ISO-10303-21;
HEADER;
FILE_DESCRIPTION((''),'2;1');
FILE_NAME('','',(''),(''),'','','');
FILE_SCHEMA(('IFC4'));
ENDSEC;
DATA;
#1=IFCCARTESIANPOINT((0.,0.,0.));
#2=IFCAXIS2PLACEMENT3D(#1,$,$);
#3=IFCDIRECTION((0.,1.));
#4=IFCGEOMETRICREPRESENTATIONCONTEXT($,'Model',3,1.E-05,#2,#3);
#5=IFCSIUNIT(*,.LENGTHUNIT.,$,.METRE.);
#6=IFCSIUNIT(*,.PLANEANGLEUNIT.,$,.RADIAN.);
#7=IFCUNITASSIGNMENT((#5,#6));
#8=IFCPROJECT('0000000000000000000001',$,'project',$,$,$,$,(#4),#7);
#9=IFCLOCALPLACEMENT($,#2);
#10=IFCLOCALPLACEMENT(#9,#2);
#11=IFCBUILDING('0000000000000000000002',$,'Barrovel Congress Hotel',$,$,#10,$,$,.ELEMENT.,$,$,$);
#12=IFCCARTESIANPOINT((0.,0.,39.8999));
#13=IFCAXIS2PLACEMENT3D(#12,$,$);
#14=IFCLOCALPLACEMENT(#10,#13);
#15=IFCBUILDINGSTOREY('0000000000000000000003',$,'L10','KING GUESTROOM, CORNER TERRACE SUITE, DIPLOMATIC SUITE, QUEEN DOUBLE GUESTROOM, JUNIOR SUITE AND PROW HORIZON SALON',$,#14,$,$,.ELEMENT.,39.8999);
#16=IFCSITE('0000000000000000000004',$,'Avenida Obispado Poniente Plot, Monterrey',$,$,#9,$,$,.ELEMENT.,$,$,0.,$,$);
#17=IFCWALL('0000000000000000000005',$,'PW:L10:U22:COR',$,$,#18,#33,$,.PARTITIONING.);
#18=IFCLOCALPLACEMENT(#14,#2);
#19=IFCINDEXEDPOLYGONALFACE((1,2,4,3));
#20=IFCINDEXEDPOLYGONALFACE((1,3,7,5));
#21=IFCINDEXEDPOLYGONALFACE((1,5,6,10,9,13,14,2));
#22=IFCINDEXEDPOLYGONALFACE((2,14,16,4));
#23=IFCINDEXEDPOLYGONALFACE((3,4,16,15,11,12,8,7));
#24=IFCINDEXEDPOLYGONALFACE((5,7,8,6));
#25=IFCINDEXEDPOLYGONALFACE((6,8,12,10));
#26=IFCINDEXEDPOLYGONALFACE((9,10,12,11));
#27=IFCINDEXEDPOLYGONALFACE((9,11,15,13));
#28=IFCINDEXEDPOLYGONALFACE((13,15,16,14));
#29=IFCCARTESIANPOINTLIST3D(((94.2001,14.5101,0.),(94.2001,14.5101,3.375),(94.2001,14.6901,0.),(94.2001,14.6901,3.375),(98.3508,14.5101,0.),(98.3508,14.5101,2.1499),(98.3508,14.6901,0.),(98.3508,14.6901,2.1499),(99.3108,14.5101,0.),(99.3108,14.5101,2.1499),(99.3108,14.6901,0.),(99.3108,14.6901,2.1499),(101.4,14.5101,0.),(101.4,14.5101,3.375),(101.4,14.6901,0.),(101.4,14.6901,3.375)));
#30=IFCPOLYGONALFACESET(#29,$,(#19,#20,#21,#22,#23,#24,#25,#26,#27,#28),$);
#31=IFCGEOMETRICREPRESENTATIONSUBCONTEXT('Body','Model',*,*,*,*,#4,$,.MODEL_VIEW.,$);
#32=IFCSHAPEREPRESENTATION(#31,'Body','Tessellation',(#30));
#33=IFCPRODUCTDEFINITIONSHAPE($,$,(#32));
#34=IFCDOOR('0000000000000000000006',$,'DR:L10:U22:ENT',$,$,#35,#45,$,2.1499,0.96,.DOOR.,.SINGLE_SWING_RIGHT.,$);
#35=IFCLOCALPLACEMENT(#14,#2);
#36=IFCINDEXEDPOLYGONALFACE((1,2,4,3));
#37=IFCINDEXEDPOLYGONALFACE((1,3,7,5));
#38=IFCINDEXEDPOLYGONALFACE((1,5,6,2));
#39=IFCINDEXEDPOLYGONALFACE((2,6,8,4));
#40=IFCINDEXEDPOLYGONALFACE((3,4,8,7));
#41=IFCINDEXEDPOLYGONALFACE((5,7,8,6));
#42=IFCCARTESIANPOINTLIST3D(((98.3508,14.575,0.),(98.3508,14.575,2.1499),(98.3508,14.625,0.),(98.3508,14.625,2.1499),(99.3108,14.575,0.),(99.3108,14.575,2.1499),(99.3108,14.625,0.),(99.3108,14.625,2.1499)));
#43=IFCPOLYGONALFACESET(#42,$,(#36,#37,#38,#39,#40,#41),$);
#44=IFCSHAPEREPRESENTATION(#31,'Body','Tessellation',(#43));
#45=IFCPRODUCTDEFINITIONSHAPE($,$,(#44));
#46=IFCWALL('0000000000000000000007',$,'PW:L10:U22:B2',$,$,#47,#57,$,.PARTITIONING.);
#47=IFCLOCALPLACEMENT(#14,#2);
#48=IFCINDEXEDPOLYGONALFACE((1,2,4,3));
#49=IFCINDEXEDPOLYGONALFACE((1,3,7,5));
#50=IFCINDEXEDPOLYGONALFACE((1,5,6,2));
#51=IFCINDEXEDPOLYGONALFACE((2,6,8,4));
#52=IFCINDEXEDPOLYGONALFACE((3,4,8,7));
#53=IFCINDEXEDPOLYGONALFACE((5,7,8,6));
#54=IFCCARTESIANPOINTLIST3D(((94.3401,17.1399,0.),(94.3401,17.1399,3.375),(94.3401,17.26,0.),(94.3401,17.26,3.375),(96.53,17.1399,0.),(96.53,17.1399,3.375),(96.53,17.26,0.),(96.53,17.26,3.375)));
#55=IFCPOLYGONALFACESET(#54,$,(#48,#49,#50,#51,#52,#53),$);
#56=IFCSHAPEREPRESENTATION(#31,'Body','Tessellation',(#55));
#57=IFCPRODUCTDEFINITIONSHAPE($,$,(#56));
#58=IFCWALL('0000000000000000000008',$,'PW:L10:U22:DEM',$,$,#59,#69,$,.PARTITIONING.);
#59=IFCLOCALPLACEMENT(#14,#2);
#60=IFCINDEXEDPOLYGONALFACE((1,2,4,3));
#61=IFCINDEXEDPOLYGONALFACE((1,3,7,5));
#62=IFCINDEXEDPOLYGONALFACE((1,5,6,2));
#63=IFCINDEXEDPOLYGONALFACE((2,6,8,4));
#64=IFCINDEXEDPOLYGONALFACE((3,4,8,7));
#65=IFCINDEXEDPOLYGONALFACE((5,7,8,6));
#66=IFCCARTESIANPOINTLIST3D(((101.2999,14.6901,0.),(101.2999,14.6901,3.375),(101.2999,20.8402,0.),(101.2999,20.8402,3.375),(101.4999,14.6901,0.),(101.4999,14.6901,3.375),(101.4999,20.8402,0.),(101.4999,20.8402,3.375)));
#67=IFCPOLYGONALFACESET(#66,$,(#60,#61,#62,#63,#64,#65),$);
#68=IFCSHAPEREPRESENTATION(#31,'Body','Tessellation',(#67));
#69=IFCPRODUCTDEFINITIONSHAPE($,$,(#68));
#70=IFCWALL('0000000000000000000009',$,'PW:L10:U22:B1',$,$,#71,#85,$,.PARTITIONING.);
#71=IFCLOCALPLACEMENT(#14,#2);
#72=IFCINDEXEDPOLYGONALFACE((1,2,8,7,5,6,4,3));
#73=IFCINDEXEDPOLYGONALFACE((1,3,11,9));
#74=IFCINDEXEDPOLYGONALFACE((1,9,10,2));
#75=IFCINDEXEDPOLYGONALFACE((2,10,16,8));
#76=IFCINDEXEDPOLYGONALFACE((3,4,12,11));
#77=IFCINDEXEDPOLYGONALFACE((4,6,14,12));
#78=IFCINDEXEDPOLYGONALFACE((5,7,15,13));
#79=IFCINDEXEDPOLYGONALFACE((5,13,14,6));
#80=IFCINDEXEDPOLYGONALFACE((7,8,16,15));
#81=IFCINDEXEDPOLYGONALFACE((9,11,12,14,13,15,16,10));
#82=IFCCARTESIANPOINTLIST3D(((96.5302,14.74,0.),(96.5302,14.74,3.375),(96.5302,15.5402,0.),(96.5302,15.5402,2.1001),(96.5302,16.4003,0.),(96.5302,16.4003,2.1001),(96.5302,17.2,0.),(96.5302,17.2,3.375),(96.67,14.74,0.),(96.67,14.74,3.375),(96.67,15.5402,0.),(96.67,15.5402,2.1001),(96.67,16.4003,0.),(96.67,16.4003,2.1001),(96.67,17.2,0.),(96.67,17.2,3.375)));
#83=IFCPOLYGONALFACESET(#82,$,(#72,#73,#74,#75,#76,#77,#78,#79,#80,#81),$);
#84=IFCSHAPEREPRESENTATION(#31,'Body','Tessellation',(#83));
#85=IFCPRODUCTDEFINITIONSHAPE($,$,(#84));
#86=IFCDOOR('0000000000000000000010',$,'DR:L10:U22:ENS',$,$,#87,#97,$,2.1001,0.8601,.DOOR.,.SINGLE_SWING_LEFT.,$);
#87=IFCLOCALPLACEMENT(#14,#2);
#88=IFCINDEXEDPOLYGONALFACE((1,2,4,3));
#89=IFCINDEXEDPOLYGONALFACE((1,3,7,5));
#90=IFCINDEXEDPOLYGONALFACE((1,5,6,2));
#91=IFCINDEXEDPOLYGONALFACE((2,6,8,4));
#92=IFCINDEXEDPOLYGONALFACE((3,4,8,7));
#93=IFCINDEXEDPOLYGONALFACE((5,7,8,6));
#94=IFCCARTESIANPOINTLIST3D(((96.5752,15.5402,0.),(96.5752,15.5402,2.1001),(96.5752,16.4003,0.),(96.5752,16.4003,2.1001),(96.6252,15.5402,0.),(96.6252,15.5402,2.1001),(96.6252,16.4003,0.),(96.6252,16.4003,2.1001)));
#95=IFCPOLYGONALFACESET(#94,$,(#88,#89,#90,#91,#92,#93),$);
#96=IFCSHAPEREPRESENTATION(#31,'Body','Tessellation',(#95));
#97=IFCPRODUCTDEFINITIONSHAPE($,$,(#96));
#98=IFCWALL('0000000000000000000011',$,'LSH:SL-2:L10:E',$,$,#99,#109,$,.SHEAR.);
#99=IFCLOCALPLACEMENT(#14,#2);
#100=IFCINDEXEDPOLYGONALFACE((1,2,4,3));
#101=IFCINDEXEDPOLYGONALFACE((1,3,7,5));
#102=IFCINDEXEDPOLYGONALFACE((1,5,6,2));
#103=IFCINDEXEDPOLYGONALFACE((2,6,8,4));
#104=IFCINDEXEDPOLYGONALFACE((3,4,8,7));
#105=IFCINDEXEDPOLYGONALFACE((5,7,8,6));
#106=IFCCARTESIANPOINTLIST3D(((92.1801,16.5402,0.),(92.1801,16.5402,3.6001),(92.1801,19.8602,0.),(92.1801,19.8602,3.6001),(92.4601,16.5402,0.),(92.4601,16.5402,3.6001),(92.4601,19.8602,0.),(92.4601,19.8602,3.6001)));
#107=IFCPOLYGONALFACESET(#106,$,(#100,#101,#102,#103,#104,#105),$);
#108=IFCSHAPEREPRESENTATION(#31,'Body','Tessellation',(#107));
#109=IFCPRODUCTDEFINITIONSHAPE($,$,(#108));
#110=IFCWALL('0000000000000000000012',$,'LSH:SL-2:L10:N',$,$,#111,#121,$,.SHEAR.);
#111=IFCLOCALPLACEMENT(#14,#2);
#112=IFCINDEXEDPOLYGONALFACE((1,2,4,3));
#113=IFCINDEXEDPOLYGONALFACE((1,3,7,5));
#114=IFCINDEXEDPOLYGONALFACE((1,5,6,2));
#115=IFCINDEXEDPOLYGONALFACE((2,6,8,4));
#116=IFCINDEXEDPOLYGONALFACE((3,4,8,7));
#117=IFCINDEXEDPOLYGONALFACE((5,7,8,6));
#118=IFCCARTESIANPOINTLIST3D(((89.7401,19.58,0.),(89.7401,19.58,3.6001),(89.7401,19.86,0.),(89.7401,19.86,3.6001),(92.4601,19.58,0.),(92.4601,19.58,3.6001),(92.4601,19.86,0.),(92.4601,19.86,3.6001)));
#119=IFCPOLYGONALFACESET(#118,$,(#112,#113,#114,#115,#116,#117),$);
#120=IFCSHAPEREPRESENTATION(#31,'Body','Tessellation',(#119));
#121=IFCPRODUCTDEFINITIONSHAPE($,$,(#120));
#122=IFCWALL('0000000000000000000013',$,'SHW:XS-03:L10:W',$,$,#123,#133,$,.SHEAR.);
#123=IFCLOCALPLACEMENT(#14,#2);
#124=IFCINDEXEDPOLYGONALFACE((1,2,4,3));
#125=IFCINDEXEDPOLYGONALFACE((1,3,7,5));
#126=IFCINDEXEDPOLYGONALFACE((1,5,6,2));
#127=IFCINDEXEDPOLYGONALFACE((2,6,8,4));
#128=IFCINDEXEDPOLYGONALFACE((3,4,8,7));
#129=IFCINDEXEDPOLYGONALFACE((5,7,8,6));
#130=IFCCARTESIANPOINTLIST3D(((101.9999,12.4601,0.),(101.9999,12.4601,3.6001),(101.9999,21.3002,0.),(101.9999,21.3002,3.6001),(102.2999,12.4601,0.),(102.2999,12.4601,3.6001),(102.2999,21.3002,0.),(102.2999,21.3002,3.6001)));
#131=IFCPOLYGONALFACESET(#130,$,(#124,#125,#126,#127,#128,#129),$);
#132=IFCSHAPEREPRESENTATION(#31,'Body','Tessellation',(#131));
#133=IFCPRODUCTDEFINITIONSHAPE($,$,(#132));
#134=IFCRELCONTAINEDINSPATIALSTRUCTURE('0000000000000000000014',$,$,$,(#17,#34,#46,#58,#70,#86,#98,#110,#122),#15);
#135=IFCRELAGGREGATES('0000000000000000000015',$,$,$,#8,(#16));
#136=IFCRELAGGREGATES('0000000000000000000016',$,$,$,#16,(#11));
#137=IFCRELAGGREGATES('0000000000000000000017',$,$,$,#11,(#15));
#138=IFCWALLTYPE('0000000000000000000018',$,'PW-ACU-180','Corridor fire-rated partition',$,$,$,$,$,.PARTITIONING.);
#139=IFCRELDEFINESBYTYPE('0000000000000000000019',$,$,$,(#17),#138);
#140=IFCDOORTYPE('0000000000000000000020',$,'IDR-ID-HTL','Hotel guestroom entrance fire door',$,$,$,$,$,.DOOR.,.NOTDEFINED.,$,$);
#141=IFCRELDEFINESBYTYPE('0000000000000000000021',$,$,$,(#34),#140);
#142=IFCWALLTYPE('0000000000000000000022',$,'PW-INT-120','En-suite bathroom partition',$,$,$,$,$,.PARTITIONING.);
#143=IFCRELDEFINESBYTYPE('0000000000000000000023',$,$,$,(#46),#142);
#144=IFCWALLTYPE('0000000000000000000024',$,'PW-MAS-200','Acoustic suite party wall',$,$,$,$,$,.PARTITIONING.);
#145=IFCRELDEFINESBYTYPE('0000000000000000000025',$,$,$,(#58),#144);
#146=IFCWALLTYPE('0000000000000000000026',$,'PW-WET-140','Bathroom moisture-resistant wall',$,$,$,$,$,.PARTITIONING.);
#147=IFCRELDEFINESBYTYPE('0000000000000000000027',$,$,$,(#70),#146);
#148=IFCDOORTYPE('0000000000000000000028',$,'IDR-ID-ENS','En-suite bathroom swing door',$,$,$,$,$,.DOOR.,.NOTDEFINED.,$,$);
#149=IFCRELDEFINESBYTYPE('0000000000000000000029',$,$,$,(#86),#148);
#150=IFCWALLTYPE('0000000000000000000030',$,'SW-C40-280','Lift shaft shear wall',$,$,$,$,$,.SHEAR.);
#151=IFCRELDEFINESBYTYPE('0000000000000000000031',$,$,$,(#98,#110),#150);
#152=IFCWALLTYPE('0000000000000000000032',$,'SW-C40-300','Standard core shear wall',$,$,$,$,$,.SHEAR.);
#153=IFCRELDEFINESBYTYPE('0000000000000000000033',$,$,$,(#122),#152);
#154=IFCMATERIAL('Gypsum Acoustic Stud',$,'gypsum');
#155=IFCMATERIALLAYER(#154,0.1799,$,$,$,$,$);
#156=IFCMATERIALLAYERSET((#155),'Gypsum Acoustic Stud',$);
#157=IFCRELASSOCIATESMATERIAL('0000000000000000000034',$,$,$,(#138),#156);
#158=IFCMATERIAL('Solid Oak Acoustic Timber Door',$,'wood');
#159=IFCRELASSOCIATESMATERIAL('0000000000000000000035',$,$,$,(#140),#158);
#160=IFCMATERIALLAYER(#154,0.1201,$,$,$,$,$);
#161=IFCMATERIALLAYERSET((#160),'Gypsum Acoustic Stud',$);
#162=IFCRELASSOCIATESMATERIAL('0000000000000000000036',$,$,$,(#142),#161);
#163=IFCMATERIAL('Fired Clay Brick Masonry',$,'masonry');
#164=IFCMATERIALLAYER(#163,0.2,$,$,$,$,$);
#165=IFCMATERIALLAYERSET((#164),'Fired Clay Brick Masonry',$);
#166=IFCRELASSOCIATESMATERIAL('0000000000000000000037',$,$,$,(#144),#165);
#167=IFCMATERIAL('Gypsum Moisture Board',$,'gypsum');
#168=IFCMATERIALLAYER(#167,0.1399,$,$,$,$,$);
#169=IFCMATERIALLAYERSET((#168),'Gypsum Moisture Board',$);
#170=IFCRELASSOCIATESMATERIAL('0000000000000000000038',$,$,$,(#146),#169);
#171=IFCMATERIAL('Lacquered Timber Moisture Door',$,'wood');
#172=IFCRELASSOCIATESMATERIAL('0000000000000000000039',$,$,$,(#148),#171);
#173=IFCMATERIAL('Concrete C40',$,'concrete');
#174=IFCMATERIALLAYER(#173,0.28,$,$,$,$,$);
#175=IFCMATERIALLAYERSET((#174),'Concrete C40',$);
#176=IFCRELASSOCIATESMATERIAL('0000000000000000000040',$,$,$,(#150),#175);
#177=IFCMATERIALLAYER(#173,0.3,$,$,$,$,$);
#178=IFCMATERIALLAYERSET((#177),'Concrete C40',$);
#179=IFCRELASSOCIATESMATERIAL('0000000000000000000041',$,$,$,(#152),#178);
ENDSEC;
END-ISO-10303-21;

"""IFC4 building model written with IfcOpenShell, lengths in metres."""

from ifc_helpers import new_model, si_unit, direction, frame, frame_2d, origin, place, context, subcontext, project, spatial, rectangle, extrude, material, layer, layer_set, type_object, element, fill, save


model = new_model("IFC4")

# Units and contexts
model_context = context("Model", 3, precision=1e-05, world=origin(), true_north=direction((0.0, 1.0)))
body_context = subcontext(model_context, "Body", "Model", "MODEL_VIEW")
ifc_project = project(units=[si_unit("LENGTHUNIT", "METRE"), si_unit("PLANEANGLEUNIT", "RADIAN")], contexts=[model_context])

# Site, building, storey
site_placement = place(None, origin())
site = spatial("IfcSite", under=ifc_project, at=site_placement, Name="Avenida Obispado Poniente Plot, Monterrey", CompositionType="ELEMENT", RefElevation=0.0)
building_placement = place(site_placement, origin())
building = spatial("IfcBuilding", under=site, at=building_placement, Name="Barrovel Congress Hotel", CompositionType="ELEMENT")
storey_placement = place(building_placement, frame((0.0, 0.0, 39.8999)))
storey = spatial("IfcBuildingStorey", under=building, at=storey_placement, Name="L10", Description="KING GUESTROOM, CORNER TERRACE SUITE, DIPLOMATIC SUITE, QUEEN DOUBLE GUESTROOM, JUNIOR SUITE AND PROW HORIZON SALON", CompositionType="ELEMENT", Elevation=39.8999)

# Shared definitions
ifc_material_1 = material(Name="Concrete C40", Category="concrete")

# Shared definitions
ifc_material_2 = material(Name="Fired Clay Brick Masonry", Category="masonry")

# Wall, opening, door
ifc_material_3 = material(Name="Gypsum Acoustic Stud", Category="gypsum")
ifc_layer_1 = layer(ifc_material_3, 0.1799)
ifc_layer_set_1 = layer_set([ifc_layer_1], Name="Gypsum Acoustic Stud")
wall_type_1 = type_object("IfcWallType", Name="PW-ACU-180", Description="Corridor fire-rated partition", PredefinedType="PARTITIONING", material=ifc_layer_set_1)
wall_1_placement = place(storey_placement, frame((94.2, 14.6001, 0.0), z_axis=(0.0, 0.0, 1.0), x_axis=(1.0, 0.0, 0.0)))
wall_1 = element("IfcWall", 1, at=wall_1_placement, inside=storey, type_object=wall_type_1, Name="PW:L10:U22:COR", PredefinedType="PARTITIONING", context=body_context, shape_type="SweptSolid", body=[
    extrude(rectangle(XDim=7.2, YDim=0.1799, at=frame_2d((3.6001, 0.0))), origin(), (0.0, 0.0, 1.0), 3.375),
])
opening_1_placement = place(wall_1_placement, frame((4.1509, 0.0, 0.0)))
opening_1 = element("IfcOpeningElement", 2, at=opening_1_placement, cuts=wall_1, PredefinedType="OPENING", context=body_context, shape_type="SweptSolid", body=[
    extrude(rectangle(XDim=0.96, YDim=2.1499, at=frame_2d((0.48, 1.075))), frame((0.0, 0.1001, 0.0), z_axis=(0.0, -1.0, 0.0), x_axis=(1.0, 0.0, 0.0)), (0.0, 0.0, 1.0), 0.2),
])
ifc_material_4 = material(Name="Solid Oak Acoustic Timber Door", Category="wood")
door_type_1 = type_object("IfcDoorType", Name="IDR-ID-HTL", Description="Hotel guestroom entrance fire door", OperationType="NOTDEFINED", PredefinedType="DOOR", material=ifc_material_4)
door_1_placement = place(opening_1_placement, origin())
door_1 = element("IfcDoor", 3, at=door_1_placement, inside=storey, type_object=door_type_1, Name="DR:L10:U22:ENT", OperationType="SINGLE_SWING_RIGHT", OverallHeight=2.1499, OverallWidth=0.96, PredefinedType="DOOR", context=body_context, shape_type="SweptSolid", body=[
    extrude(rectangle(XDim=0.96, YDim=2.1499, at=frame_2d((0.48, 1.075))), frame((0.0, 0.0249, 0.0), z_axis=(0.0, -1.0, 0.0), x_axis=(1.0, 0.0, 0.0)), (0.0, 0.0, 1.0), 0.05),
])
fill(opening_1, door_1)

# Walls
ifc_layer_2 = layer(ifc_material_3, 0.1201)
ifc_layer_set_2 = layer_set([ifc_layer_2], Name="Gypsum Acoustic Stud")
wall_type_2 = type_object("IfcWallType", Name="PW-INT-120", Description="En-suite bathroom partition", PredefinedType="PARTITIONING", material=ifc_layer_set_2)
wall_2_placement = place(storey_placement, frame((94.3401, 17.2, 0.0), z_axis=(0.0, 0.0, 1.0), x_axis=(1.0, 0.0, 0.0)))
element("IfcWall", 4, at=wall_2_placement, inside=storey, type_object=wall_type_2, Name="PW:L10:U22:B2", PredefinedType="PARTITIONING", context=body_context, shape_type="SweptSolid", body=[
    extrude(rectangle(XDim=2.1899, YDim=0.1201, at=frame_2d((1.095, 0.0))), origin(), (0.0, 0.0, 1.0), 3.375),
])
ifc_layer_3 = layer(ifc_material_2, 0.2)
ifc_layer_set_3 = layer_set([ifc_layer_3], Name="Fired Clay Brick Masonry")
wall_type_3 = type_object("IfcWallType", Name="PW-MAS-200", Description="Acoustic suite party wall", PredefinedType="PARTITIONING", material=ifc_layer_set_3)
wall_3_placement = place(storey_placement, frame((101.3999, 14.6899, 0.0), z_axis=(0.0, 0.0, 1.0), x_axis=(0.0, 1.0, 0.0)))
element("IfcWall", 5, at=wall_3_placement, inside=storey, type_object=wall_type_3, Name="PW:L10:U22:DEM", PredefinedType="PARTITIONING", context=body_context, shape_type="SweptSolid", body=[
    extrude(rectangle(XDim=6.1501, YDim=0.2, at=frame_2d((3.0752, 0.0))), origin(), (0.0, 0.0, 1.0), 3.375),
])

# Wall, opening, door
ifc_material_5 = material(Name="Gypsum Moisture Board", Category="gypsum")
ifc_layer_4 = layer(ifc_material_5, 0.1399)
ifc_layer_set_4 = layer_set([ifc_layer_4], Name="Gypsum Moisture Board")
wall_type_4 = type_object("IfcWallType", Name="PW-WET-140", Description="Bathroom moisture-resistant wall", PredefinedType="PARTITIONING", material=ifc_layer_set_4)
wall_4_placement = place(storey_placement, frame((96.6001, 14.74, 0.0), z_axis=(0.0, 0.0, 1.0), x_axis=(0.0, 1.0, 0.0)))
wall_4 = element("IfcWall", 6, at=wall_4_placement, inside=storey, type_object=wall_type_4, Name="PW:L10:U22:B1", PredefinedType="PARTITIONING", context=body_context, shape_type="SweptSolid", body=[
    extrude(rectangle(XDim=2.46, YDim=0.1399, at=frame_2d((1.23, 0.0))), origin(), (0.0, 0.0, 1.0), 3.375),
])
opening_2_placement = place(wall_4_placement, frame((0.8, 0.0, 0.0)))
opening_2 = element("IfcOpeningElement", 7, at=opening_2_placement, cuts=wall_4, PredefinedType="OPENING", context=body_context, shape_type="SweptSolid", body=[
    extrude(rectangle(XDim=0.8601, YDim=2.1001, at=frame_2d((0.4302, 1.05))), frame((0.0, 0.0801, 0.0), z_axis=(0.0, -1.0, 0.0), x_axis=(1.0, 0.0, 0.0)), (0.0, 0.0, 1.0), 0.1599),
])
ifc_material_6 = material(Name="Lacquered Timber Moisture Door", Category="wood")
door_type_2 = type_object("IfcDoorType", Name="IDR-ID-ENS", Description="En-suite bathroom swing door", OperationType="NOTDEFINED", PredefinedType="DOOR", material=ifc_material_6)
door_2_placement = place(opening_2_placement, origin())
door_2 = element("IfcDoor", 8, at=door_2_placement, inside=storey, type_object=door_type_2, Name="DR:L10:U22:ENS", OperationType="SINGLE_SWING_LEFT", OverallHeight=2.1001, OverallWidth=0.8601, PredefinedType="DOOR", context=body_context, shape_type="SweptSolid", body=[
    extrude(rectangle(XDim=0.8601, YDim=2.1001, at=frame_2d((0.4302, 1.05))), frame((0.0, 0.0249, 0.0), z_axis=(0.0, -1.0, 0.0), x_axis=(1.0, 0.0, 0.0)), (0.0, 0.0, 1.0), 0.05),
])
fill(opening_2, door_2)

# Walls
ifc_layer_5 = layer(ifc_material_1, 0.28)
ifc_layer_set_5 = layer_set([ifc_layer_5], Name="Concrete C40")
wall_type_5 = type_object("IfcWallType", Name="SW-C40-280", Description="Lift shaft shear wall", PredefinedType="SHEAR", material=ifc_layer_set_5)
wall_5_placement = place(storey_placement, frame((92.3201, 16.54, 0.0), z_axis=(0.0, 0.0, 1.0), x_axis=(0.0, 1.0, 0.0)))
element("IfcWall", 9, at=wall_5_placement, inside=storey, type_object=wall_type_5, Name="LSH:SL-2:L10:E", PredefinedType="SHEAR", context=body_context, shape_type="SweptSolid", body=[
    extrude(rectangle(XDim=3.3201, YDim=0.28, at=frame_2d((1.6602, 0.0))), origin(), (0.0, 0.0, 1.0), 3.6001),
])
wall_6_placement = place(storey_placement, frame((92.46, 19.72, 0.0), z_axis=(0.0, 0.0, 1.0), x_axis=(-1.0, 0.0, 0.0)))
element("IfcWall", 10, at=wall_6_placement, inside=storey, type_object=wall_type_5, Name="LSH:SL-2:L10:N", PredefinedType="SHEAR", context=body_context, shape_type="SweptSolid", body=[
    extrude(rectangle(XDim=2.72, YDim=0.28, at=frame_2d((1.3599, 0.0))), origin(), (0.0, 0.0, 1.0), 3.6001),
])
ifc_layer_6 = layer(ifc_material_1, 0.3)
ifc_layer_set_6 = layer_set([ifc_layer_6], Name="Concrete C40")
wall_type_6 = type_object("IfcWallType", Name="SW-C40-300", Description="Standard core shear wall", PredefinedType="SHEAR", material=ifc_layer_set_6)
wall_7_placement = place(storey_placement, frame((102.1499, 21.3, 0.0), z_axis=(0.0, 0.0, 1.0), x_axis=(0.0, -1.0, 0.0)))
element("IfcWall", 11, at=wall_7_placement, inside=storey, type_object=wall_type_6, Name="SHW:XS-03:L10:W", PredefinedType="SHEAR", context=body_context, shape_type="SweptSolid", body=[
    extrude(rectangle(XDim=8.8401, YDim=0.3, at=frame_2d((4.4199, 0.0))), origin(), (0.0, 0.0, 1.0), 3.6001),
])

save(model, "model.ifc")
